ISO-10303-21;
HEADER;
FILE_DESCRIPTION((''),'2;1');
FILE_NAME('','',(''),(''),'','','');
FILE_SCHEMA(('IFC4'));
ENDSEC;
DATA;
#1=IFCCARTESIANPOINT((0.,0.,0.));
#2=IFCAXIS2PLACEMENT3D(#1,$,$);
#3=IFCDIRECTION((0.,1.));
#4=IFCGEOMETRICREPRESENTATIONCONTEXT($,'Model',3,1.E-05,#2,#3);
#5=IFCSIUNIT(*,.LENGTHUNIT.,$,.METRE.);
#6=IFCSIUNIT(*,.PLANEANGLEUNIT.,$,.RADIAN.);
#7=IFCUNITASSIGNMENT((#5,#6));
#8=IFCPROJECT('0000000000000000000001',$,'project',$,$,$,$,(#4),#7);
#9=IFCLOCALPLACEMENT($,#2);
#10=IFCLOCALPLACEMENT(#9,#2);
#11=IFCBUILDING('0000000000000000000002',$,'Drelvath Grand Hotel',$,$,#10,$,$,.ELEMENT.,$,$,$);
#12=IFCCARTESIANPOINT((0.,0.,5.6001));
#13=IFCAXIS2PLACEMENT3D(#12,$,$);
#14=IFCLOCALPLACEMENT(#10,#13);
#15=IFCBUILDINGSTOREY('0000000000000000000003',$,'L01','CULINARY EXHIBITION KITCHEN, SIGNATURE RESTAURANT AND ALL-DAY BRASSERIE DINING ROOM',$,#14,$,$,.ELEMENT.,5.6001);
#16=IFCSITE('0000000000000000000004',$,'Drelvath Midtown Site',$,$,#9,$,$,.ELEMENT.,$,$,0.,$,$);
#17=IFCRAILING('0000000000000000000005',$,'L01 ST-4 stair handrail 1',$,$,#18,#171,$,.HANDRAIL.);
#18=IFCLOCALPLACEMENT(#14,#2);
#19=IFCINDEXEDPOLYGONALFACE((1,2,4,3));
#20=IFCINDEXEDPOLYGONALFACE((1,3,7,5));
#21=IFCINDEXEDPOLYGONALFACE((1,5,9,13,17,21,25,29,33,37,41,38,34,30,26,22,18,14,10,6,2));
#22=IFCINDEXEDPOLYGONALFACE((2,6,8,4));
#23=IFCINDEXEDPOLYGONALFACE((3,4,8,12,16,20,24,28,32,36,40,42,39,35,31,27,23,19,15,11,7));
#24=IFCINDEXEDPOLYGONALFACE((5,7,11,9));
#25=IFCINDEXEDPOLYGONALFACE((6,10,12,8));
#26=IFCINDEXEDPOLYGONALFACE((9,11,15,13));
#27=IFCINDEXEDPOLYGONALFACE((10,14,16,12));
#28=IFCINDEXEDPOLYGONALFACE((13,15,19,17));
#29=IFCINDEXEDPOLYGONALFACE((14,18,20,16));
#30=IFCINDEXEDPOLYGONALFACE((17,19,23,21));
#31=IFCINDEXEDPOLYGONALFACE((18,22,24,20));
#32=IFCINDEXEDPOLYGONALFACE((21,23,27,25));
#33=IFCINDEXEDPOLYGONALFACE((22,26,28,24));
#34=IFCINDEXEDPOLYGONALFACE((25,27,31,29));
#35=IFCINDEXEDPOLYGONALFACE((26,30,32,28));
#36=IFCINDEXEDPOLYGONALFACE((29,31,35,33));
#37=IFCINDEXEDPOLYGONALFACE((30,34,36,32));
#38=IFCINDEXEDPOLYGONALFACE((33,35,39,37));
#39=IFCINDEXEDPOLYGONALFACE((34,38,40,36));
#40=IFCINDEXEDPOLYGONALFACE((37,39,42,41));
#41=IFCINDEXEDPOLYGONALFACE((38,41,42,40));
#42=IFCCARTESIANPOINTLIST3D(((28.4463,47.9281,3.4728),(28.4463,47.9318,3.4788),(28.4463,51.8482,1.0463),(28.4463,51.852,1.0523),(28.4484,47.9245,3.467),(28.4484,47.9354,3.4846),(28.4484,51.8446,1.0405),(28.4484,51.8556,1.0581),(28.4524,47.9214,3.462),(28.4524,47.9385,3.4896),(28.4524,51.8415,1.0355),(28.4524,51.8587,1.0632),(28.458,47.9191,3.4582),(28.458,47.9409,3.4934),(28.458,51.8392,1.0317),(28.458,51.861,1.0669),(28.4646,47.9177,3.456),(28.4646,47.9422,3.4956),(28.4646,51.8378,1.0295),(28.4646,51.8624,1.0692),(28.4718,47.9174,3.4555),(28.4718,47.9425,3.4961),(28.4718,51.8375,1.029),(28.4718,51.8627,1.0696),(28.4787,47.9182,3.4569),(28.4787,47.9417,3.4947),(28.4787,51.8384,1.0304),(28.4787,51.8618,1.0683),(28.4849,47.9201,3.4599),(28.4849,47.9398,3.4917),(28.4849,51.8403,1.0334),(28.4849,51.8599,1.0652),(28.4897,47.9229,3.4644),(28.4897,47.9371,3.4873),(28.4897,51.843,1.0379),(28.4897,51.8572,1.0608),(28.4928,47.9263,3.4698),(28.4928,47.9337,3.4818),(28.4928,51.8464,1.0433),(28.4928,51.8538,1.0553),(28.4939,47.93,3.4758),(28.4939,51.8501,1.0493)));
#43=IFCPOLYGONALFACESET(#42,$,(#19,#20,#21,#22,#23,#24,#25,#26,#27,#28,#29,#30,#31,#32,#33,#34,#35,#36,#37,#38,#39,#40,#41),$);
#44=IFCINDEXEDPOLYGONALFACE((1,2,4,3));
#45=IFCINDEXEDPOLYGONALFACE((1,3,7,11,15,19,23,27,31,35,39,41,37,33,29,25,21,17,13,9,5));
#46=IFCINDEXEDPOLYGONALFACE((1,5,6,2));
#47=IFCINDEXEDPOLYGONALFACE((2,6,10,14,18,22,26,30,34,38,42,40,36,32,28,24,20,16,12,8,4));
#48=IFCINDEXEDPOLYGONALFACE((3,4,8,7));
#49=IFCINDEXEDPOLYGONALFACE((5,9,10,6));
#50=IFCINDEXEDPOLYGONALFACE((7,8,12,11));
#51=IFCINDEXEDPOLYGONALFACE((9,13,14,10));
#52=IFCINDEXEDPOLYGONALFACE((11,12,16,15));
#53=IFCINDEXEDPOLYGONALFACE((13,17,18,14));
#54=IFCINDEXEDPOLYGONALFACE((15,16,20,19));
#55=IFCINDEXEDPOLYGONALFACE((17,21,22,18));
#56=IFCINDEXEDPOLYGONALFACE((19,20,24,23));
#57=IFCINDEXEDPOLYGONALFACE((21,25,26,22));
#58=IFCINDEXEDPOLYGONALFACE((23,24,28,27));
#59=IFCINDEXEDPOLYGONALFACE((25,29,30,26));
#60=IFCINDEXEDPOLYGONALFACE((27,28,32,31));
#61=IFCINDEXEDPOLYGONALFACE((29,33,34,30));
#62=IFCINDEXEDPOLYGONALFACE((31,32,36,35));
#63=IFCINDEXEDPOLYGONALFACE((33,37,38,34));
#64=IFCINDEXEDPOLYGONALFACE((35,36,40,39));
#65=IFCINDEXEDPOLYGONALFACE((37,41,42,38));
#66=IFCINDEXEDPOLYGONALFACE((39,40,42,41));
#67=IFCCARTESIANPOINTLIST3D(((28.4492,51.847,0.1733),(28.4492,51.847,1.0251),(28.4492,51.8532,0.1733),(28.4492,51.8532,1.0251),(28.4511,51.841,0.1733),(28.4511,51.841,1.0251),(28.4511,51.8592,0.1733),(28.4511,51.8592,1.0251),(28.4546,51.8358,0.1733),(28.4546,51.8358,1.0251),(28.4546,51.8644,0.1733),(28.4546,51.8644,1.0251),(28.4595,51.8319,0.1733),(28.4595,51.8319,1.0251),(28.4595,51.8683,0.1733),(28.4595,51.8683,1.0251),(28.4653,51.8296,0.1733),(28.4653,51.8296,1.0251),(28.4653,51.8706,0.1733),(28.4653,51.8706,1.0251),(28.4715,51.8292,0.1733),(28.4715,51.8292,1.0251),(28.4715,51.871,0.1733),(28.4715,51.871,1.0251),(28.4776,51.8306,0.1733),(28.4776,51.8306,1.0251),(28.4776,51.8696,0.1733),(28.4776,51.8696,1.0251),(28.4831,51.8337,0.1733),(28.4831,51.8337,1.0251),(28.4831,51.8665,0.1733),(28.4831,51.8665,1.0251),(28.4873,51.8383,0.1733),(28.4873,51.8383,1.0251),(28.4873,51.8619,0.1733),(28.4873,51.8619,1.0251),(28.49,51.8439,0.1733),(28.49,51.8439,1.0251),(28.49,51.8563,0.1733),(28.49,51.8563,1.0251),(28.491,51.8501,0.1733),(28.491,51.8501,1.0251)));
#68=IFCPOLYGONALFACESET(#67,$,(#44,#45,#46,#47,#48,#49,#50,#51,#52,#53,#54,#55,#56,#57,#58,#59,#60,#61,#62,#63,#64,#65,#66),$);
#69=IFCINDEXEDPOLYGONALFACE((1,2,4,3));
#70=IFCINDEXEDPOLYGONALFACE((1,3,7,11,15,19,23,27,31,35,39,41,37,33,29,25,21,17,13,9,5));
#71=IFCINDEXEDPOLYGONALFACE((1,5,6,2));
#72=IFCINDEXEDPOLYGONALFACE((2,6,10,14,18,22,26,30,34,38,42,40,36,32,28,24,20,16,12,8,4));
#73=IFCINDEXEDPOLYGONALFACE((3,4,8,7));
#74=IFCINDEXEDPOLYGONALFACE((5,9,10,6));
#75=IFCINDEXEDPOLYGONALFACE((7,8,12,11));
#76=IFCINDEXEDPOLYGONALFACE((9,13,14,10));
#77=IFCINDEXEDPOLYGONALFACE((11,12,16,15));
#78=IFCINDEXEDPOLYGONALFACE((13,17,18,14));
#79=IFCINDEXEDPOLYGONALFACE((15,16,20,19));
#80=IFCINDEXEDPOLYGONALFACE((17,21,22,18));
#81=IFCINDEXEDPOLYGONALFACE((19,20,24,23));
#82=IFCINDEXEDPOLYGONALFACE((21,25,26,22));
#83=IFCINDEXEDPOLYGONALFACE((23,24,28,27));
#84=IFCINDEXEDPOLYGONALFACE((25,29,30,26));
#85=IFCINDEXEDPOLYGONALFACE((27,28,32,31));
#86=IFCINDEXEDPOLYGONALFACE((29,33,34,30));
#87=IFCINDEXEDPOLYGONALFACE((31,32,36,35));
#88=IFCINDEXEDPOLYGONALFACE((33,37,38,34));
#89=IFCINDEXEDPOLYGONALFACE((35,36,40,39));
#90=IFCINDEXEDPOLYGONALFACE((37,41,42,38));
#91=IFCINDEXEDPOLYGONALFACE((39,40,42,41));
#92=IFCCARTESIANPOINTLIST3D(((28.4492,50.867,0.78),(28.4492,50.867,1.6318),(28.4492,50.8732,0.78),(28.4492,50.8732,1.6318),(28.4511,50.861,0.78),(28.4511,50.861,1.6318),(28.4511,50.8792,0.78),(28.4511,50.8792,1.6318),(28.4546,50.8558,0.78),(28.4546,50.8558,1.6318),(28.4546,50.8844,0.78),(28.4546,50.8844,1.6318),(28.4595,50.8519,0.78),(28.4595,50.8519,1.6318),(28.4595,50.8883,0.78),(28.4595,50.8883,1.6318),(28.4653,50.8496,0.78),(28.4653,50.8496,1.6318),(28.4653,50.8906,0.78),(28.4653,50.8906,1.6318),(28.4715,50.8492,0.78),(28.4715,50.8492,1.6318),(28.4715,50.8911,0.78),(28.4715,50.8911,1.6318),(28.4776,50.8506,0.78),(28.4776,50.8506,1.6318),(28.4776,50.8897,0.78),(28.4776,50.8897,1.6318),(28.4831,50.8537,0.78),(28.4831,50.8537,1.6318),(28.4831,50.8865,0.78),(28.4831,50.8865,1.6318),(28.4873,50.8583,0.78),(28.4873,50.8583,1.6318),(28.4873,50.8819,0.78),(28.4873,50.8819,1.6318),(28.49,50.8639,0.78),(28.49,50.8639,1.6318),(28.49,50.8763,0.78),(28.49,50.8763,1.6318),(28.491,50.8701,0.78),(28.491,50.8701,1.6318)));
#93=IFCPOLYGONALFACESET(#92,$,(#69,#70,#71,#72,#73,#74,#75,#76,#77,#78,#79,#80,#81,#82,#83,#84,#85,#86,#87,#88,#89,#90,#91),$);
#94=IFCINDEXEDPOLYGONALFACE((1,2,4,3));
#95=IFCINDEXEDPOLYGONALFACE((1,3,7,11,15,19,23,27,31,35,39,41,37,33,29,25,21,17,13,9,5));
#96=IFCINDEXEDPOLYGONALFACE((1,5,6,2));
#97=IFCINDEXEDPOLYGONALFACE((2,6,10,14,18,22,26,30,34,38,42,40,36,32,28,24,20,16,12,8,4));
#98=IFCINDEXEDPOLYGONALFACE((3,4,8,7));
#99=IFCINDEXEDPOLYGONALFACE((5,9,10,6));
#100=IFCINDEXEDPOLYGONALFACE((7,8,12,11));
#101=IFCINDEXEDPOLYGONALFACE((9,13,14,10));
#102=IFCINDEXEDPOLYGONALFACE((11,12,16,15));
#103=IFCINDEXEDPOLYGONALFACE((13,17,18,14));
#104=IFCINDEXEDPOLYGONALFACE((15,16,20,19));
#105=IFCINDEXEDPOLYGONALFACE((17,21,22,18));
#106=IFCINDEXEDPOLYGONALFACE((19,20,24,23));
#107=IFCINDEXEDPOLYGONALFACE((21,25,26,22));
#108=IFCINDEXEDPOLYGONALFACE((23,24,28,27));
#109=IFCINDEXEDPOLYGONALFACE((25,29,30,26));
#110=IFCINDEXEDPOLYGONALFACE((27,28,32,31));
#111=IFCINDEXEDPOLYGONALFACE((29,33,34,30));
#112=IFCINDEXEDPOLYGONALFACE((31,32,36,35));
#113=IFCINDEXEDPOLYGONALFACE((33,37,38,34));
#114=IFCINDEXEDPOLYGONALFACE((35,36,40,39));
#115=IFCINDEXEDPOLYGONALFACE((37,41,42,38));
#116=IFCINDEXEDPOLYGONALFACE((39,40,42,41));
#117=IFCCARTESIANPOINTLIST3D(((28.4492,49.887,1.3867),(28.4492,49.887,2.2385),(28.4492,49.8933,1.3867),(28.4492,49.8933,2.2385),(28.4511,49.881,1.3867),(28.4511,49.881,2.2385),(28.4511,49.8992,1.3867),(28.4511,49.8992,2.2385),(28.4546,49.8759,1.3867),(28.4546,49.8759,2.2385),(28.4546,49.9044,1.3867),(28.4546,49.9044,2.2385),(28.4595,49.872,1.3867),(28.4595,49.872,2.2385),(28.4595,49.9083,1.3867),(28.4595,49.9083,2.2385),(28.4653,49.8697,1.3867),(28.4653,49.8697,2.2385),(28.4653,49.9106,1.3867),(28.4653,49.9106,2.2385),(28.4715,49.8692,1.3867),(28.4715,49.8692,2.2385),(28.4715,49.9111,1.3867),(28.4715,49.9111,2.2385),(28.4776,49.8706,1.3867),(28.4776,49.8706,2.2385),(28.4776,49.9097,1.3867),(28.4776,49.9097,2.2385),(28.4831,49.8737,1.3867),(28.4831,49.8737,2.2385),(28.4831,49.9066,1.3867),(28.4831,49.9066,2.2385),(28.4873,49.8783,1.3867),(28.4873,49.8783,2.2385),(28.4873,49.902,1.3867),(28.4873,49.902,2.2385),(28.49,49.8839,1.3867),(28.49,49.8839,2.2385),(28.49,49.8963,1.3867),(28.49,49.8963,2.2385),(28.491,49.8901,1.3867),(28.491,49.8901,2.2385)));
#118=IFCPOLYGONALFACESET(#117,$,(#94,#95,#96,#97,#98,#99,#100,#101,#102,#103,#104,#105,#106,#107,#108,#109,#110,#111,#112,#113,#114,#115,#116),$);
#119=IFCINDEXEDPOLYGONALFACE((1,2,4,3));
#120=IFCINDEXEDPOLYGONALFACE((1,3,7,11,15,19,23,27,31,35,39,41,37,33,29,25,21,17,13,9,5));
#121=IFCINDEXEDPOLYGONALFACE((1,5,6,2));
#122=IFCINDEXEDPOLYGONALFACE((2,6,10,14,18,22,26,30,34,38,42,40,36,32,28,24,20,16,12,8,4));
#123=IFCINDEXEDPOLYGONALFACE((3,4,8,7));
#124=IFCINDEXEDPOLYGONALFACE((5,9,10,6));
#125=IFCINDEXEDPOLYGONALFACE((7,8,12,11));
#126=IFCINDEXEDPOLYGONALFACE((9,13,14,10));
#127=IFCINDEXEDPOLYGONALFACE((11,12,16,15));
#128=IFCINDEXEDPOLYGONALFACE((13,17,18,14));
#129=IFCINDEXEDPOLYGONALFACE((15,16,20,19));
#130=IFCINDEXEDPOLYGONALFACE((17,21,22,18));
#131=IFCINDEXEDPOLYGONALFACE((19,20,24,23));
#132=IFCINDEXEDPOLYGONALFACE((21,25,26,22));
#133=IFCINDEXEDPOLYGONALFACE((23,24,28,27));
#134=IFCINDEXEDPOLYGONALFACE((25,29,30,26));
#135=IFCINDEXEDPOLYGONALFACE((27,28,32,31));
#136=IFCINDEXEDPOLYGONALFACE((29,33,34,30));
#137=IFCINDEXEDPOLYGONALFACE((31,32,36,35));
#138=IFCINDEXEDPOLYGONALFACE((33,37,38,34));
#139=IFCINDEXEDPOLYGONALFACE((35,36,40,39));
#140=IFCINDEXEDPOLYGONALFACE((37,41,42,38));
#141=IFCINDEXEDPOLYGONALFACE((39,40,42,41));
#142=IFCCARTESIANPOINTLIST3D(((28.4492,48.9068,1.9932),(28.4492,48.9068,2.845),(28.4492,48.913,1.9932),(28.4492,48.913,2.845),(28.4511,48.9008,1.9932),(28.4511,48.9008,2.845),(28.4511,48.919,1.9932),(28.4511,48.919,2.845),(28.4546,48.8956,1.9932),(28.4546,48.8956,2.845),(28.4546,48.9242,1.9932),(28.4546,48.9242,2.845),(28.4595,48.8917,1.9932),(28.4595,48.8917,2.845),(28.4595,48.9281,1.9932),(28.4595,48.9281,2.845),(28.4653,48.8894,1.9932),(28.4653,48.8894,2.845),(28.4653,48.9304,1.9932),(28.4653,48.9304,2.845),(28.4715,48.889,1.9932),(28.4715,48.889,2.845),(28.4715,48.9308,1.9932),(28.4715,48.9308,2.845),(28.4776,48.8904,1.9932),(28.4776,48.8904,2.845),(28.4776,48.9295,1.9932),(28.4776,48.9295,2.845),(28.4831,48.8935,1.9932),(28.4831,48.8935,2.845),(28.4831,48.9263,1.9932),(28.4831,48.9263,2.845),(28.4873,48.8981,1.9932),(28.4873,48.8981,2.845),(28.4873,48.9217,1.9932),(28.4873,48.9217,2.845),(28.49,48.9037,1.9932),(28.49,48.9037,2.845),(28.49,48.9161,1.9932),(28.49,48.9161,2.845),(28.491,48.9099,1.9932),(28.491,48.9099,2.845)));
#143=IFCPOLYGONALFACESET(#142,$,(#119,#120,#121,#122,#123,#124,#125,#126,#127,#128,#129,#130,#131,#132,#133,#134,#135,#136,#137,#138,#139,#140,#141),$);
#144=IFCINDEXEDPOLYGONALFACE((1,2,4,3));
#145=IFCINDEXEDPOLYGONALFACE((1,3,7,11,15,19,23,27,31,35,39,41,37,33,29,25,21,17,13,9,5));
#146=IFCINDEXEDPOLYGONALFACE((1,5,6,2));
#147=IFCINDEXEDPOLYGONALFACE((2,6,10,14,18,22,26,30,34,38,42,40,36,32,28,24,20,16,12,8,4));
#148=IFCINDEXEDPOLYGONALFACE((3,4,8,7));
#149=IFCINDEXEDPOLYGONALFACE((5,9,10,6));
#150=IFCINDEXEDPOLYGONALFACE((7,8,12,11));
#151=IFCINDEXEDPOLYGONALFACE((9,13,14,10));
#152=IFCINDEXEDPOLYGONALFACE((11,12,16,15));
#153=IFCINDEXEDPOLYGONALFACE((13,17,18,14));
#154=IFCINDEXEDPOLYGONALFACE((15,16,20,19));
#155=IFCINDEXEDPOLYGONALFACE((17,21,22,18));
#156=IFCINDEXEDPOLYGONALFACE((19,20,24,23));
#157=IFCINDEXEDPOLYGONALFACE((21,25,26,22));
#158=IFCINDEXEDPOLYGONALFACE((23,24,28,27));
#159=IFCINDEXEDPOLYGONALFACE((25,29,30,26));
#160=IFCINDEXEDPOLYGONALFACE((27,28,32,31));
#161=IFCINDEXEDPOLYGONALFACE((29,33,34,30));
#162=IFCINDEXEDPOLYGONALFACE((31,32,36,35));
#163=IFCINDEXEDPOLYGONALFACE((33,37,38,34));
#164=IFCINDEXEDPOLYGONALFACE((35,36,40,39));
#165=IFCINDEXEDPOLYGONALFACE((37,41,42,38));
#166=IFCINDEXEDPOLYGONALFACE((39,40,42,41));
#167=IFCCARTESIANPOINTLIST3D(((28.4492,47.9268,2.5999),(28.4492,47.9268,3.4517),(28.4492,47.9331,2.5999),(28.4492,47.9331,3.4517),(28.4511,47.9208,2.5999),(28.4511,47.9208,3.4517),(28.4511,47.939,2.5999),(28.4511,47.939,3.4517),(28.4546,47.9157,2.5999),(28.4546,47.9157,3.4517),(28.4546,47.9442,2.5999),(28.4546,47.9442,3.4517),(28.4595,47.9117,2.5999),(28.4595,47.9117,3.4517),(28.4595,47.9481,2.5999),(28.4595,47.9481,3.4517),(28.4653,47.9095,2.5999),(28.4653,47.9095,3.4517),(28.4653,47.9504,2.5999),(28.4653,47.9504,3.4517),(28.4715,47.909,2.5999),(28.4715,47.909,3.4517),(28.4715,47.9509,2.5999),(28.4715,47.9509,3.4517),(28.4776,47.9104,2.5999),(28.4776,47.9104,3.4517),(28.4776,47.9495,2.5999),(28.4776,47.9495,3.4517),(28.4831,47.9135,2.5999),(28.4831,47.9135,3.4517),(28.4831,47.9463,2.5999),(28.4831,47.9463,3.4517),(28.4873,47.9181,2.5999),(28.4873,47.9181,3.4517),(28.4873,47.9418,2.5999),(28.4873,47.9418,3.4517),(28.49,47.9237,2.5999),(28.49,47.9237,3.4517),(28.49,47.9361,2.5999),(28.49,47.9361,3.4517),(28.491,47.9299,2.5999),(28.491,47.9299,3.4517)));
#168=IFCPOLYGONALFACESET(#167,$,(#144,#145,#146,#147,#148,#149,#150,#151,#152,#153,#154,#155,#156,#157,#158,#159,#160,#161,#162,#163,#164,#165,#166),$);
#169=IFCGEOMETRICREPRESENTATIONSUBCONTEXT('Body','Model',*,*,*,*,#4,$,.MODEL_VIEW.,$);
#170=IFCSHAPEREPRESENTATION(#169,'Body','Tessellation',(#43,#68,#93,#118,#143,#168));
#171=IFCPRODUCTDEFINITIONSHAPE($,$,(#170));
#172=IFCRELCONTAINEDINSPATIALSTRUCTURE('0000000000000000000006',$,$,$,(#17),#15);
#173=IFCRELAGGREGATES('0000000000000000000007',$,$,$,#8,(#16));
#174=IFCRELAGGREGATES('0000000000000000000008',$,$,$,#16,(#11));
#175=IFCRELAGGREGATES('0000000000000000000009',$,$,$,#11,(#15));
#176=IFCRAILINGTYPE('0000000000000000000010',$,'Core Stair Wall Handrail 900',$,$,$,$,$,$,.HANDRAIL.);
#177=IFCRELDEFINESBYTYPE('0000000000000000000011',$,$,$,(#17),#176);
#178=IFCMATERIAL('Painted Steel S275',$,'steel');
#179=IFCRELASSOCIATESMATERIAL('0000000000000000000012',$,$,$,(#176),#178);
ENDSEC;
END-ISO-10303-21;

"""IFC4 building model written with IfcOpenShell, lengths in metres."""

from ifc_helpers import new_model, si_unit, direction, frame, origin, origin_2d, place, context, subcontext, project, spatial, circle, extrude, material, type_object, element, save


model = new_model("IFC4")

# Units and contexts
model_context = context("Model", 3, precision=1e-05, world=origin(), true_north=direction((0.0, 1.0)))
body_context = subcontext(model_context, "Body", "Model", "MODEL_VIEW")
ifc_project = project(units=[si_unit("LENGTHUNIT", "METRE"), si_unit("PLANEANGLEUNIT", "RADIAN")], contexts=[model_context])

# Site, building, storey
site_placement = place(None, origin())
site = spatial("IfcSite", under=ifc_project, at=site_placement, Name="Drelvath Midtown Site", CompositionType="ELEMENT", RefElevation=0.0)
building_placement = place(site_placement, origin())
building = spatial("IfcBuilding", under=site, at=building_placement, Name="Drelvath Grand Hotel", CompositionType="ELEMENT")
storey_placement = place(building_placement, frame((0.0, 0.0, 5.6001)))
storey = spatial("IfcBuildingStorey", under=building, at=storey_placement, Name="L01", Description="CULINARY EXHIBITION KITCHEN, SIGNATURE RESTAURANT AND ALL-DAY BRASSERIE DINING ROOM", CompositionType="ELEMENT", Elevation=5.6001)

# Railing
ifc_material_1 = material(Name="Painted Steel S275", Category="steel")
railing_type_1 = type_object("IfcRailingType", Name="Core Stair Wall Handrail 900", PredefinedType="HANDRAIL", material=ifc_material_1)
railing_1_placement = place(storey_placement, frame((28.47, 51.8501, 0.1733)))
element("IfcRailing", 1, at=railing_1_placement, inside=storey, type_object=railing_type_1, Name="L01 ST-4 stair handrail 1", PredefinedType="HANDRAIL", context=body_context, shape_type="SweptSolid", body=[
    extrude(circle(Radius=0.0239, at=origin_2d()), frame((0.0, 0.0, 0.876), z_axis=(0.0, -0.85029, 0.526315), x_axis=(1.0, 0.0, 0.0)), (0.0, 0.0, 1.0), 4.6104),
    extrude(circle(Radius=0.021, at=origin_2d()), origin(), (0.0, 0.0, 1.0), 0.8518),
    extrude(circle(Radius=0.021, at=origin_2d()), frame((0.0, -0.98, 0.6067)), (0.0, 0.0, 1.0), 0.8518),
    extrude(circle(Radius=0.021, at=origin_2d()), frame((0.0, -1.96, 1.2134)), (0.0, 0.0, 1.0), 0.8518),
    extrude(circle(Radius=0.021, at=origin_2d()), frame((0.0, -2.9402, 1.8198)), (0.0, 0.0, 1.0), 0.8518),
    extrude(circle(Radius=0.021, at=origin_2d()), frame((0.0, -3.9202, 2.4265)), (0.0, 0.0, 1.0), 0.8518),
])

save(model, "model.ifc")
